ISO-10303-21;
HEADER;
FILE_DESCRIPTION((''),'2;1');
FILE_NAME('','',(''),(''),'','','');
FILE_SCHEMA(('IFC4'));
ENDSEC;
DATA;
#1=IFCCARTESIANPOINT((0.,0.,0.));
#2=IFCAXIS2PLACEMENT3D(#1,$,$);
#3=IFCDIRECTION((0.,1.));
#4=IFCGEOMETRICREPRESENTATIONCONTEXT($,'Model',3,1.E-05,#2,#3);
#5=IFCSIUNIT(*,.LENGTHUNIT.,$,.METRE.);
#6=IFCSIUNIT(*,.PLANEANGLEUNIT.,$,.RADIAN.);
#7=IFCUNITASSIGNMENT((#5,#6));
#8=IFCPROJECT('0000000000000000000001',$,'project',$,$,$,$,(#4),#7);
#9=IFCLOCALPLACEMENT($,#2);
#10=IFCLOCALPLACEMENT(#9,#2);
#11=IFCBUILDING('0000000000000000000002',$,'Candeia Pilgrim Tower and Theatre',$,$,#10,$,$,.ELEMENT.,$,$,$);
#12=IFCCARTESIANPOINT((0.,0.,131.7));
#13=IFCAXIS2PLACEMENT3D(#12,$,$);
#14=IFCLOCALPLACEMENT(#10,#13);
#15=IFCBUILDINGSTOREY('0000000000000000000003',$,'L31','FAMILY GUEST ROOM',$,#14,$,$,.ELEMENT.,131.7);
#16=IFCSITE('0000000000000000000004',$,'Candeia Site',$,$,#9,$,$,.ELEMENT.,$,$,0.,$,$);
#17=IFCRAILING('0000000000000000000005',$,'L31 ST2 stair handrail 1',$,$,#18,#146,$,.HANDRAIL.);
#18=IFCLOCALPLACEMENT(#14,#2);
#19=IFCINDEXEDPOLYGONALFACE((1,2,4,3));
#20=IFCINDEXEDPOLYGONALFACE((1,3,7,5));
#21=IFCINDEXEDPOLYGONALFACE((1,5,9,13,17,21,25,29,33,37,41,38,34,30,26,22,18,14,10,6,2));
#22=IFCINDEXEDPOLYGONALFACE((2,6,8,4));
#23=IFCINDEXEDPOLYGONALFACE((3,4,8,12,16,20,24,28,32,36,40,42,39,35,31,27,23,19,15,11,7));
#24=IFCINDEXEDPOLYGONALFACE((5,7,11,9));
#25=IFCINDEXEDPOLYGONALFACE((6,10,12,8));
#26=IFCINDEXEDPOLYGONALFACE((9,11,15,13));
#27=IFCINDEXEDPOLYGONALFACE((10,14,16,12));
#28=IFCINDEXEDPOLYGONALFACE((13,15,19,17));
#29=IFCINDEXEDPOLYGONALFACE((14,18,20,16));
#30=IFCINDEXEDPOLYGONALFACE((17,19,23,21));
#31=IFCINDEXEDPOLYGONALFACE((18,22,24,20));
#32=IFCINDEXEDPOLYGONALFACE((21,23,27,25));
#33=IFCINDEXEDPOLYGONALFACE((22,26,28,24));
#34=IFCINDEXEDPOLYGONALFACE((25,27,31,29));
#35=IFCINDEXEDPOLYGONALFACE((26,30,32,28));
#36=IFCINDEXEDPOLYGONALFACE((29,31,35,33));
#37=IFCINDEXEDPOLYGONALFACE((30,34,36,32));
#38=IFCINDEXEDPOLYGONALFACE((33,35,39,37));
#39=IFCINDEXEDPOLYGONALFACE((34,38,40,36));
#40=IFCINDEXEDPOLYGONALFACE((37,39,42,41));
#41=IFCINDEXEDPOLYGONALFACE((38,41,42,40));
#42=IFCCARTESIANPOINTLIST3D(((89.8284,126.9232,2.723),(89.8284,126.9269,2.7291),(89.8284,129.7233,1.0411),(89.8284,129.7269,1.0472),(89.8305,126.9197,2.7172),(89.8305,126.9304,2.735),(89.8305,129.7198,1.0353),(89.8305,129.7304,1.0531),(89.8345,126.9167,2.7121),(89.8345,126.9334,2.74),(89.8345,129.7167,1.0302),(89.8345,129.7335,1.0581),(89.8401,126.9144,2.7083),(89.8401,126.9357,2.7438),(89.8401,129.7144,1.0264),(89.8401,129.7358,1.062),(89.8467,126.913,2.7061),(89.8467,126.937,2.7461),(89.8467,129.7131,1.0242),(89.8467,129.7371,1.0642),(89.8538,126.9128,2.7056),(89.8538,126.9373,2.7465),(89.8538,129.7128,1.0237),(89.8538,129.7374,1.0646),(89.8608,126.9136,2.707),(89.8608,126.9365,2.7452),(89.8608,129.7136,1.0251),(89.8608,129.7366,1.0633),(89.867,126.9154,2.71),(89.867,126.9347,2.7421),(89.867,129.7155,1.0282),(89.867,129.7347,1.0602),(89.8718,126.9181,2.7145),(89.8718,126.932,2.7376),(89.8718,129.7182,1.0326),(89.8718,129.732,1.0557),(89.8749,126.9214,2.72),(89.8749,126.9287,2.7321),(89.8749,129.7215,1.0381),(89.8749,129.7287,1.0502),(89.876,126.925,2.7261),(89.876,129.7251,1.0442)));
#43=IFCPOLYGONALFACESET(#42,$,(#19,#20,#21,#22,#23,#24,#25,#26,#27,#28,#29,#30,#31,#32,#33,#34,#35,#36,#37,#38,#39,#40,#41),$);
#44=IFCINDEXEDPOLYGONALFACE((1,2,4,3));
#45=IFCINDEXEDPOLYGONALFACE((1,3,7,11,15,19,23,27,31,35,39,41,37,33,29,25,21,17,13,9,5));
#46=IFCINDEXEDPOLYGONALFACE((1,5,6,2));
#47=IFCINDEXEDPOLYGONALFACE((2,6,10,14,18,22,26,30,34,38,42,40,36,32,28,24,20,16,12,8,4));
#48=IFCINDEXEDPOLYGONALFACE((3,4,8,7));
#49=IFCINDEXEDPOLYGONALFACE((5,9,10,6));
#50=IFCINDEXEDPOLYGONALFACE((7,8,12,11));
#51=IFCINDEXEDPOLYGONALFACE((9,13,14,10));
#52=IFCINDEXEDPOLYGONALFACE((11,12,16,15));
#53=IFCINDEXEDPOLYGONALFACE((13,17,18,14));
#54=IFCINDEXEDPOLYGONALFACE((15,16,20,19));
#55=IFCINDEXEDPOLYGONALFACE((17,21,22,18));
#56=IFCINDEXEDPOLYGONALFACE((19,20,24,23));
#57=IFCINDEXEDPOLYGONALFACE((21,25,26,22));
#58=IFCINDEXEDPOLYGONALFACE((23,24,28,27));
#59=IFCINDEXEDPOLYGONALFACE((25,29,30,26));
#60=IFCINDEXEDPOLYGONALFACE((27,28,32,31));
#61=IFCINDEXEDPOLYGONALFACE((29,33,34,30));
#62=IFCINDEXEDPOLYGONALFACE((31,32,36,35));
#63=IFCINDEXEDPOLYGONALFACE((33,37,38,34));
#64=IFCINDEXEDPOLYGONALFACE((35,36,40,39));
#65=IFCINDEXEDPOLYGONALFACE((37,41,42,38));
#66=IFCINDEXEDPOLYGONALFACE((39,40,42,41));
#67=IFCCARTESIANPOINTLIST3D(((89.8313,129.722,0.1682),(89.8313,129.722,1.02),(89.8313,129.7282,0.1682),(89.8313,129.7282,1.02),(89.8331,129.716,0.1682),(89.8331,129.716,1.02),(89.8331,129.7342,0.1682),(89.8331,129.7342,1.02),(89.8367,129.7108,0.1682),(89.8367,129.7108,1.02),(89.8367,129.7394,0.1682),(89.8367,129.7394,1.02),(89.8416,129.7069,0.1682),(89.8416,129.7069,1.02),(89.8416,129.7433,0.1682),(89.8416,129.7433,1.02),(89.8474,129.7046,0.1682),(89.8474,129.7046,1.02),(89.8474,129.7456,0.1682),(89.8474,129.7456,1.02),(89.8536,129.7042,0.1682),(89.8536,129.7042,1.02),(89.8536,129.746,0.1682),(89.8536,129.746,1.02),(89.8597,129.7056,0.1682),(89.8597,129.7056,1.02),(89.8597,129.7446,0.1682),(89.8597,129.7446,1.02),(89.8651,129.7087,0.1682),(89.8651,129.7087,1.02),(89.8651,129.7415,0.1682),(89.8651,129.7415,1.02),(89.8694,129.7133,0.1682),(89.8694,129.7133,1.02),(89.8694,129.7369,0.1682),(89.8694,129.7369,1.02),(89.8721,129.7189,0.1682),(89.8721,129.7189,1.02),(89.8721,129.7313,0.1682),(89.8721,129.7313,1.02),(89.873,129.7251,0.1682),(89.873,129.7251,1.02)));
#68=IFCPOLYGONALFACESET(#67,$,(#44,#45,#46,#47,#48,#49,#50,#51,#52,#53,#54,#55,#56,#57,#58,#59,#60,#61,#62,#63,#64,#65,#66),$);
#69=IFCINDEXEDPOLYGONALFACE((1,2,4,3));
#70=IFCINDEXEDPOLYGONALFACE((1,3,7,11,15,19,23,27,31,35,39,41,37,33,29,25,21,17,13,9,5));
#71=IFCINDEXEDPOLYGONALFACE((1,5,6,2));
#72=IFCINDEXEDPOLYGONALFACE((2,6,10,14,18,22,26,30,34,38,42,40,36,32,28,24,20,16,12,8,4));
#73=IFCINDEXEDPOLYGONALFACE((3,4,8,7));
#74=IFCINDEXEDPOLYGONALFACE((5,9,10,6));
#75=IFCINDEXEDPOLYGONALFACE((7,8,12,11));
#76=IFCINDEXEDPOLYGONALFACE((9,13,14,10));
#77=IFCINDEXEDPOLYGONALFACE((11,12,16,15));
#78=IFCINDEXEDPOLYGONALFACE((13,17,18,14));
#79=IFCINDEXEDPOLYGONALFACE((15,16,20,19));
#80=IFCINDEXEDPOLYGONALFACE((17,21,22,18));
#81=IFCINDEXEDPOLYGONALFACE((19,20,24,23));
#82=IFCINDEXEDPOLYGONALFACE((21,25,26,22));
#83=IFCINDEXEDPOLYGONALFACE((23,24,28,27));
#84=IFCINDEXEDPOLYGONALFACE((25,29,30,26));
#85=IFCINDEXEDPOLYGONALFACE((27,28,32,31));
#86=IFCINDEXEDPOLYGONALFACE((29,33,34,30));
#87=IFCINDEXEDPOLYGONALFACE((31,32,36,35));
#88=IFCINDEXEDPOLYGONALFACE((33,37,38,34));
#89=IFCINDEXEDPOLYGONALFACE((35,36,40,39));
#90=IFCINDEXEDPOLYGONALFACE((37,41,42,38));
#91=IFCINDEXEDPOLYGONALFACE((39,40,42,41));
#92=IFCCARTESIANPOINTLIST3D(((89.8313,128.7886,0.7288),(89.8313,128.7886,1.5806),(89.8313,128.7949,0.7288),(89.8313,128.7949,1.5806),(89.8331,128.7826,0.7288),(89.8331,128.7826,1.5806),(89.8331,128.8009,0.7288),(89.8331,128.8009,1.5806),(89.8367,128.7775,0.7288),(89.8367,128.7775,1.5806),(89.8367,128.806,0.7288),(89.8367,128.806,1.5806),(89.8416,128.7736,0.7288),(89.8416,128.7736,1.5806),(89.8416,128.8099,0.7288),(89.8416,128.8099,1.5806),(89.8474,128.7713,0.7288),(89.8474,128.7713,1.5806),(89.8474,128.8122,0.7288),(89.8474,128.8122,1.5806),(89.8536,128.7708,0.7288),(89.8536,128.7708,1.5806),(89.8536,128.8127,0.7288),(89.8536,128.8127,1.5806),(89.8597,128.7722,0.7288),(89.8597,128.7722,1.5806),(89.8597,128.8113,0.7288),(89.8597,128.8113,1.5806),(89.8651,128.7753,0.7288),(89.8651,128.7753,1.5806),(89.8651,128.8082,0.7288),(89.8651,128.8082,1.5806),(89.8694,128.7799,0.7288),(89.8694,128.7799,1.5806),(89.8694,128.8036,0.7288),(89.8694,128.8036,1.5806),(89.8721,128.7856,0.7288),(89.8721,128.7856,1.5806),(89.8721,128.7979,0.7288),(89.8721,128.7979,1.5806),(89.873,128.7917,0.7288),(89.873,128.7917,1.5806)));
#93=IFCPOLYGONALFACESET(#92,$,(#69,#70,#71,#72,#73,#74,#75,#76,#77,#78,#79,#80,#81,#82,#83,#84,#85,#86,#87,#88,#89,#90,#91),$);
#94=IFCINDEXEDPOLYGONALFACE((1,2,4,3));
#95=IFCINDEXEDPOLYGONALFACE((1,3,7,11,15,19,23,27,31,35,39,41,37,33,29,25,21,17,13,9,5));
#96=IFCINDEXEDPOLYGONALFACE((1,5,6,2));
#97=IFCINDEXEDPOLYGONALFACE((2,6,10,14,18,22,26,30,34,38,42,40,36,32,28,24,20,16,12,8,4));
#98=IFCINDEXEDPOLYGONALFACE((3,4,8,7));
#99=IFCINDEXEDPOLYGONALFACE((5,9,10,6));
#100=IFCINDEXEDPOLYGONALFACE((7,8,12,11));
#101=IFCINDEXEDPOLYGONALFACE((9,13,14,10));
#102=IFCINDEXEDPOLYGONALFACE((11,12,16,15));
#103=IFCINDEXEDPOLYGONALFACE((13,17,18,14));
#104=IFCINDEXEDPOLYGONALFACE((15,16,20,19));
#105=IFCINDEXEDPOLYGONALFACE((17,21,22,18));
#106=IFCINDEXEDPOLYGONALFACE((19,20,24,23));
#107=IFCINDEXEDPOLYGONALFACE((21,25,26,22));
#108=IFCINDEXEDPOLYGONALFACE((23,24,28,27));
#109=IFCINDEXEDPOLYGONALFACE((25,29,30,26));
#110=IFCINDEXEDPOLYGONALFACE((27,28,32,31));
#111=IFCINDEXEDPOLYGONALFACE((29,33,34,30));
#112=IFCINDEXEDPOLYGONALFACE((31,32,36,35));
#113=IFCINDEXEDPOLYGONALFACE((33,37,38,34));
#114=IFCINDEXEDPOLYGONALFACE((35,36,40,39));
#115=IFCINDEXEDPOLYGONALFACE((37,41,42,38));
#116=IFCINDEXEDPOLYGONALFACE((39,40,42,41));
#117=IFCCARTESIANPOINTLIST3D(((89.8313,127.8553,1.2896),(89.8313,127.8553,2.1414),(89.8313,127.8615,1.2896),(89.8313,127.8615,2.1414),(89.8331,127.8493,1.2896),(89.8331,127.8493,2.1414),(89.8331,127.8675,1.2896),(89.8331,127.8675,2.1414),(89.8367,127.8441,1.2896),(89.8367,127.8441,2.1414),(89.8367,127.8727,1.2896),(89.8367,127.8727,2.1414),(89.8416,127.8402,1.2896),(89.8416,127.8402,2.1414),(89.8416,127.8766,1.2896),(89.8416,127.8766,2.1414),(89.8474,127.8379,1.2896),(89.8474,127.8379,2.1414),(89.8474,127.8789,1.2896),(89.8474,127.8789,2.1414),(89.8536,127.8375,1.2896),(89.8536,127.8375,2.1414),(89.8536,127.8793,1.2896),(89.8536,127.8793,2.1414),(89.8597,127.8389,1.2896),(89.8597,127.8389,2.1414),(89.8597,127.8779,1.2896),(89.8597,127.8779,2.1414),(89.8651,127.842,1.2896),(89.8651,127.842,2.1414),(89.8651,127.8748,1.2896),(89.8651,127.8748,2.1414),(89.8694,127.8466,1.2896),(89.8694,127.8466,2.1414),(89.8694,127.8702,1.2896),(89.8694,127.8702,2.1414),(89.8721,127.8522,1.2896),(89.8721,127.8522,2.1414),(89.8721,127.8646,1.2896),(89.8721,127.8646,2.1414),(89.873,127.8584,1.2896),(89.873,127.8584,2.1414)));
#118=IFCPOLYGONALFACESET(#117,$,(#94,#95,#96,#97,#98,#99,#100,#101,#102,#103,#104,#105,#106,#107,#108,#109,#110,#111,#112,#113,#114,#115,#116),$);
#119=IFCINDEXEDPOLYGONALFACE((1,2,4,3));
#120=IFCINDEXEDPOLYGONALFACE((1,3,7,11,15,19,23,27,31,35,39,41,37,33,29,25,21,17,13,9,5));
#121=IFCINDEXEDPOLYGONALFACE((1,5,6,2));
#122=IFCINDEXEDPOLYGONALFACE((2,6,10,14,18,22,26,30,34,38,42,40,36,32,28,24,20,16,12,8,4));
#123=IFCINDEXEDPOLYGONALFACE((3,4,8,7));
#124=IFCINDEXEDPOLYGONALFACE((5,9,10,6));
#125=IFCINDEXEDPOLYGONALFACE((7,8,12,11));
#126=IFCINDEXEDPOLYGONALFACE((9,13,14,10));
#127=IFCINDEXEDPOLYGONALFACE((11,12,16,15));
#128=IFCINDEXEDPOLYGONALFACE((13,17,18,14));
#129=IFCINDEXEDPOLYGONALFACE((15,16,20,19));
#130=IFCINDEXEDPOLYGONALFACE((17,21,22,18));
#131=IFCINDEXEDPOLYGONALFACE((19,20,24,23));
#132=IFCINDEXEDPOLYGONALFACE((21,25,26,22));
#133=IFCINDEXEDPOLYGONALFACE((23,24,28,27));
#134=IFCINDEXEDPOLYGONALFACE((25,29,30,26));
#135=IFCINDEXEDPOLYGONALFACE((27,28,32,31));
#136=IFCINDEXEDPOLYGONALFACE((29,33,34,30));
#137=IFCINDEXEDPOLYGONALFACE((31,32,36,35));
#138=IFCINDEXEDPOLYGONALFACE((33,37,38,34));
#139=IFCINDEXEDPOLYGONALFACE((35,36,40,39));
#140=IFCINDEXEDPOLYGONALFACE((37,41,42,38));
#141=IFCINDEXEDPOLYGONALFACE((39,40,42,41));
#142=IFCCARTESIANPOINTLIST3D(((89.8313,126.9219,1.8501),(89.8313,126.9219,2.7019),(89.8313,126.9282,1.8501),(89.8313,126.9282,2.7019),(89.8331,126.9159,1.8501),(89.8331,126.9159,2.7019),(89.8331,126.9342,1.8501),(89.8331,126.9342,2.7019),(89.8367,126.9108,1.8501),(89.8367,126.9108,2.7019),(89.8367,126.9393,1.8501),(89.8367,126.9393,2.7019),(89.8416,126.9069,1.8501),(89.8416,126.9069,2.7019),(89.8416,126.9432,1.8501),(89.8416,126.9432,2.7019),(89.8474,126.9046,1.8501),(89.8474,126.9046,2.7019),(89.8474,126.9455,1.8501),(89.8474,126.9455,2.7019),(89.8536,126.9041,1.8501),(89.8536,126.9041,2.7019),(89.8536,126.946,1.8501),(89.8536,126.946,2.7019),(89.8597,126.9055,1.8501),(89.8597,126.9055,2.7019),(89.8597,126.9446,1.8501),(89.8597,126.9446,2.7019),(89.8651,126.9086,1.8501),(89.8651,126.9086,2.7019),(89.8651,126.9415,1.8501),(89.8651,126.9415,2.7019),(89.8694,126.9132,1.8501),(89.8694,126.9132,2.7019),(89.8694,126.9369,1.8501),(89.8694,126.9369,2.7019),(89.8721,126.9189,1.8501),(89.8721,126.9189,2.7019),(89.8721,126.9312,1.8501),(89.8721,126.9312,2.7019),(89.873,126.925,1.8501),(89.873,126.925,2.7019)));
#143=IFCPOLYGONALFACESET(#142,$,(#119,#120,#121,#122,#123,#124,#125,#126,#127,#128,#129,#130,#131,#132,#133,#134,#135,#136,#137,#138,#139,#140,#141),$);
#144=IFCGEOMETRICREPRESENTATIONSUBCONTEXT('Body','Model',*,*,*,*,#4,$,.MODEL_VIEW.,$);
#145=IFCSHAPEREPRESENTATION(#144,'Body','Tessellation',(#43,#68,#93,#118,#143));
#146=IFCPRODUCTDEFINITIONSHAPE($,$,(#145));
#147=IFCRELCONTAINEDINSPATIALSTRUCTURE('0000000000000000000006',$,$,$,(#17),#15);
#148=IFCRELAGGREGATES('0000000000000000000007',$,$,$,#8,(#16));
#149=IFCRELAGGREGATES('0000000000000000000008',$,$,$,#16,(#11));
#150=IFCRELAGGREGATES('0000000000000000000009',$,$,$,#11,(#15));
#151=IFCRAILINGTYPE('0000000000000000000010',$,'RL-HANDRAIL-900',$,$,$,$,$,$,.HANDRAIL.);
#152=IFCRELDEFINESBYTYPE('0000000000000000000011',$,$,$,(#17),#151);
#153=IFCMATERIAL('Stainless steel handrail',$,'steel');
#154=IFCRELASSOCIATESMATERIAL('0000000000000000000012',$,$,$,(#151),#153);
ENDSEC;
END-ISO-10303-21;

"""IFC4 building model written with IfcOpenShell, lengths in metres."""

from ifc_helpers import new_model, si_unit, direction, frame, origin, origin_2d, place, context, subcontext, project, spatial, circle, extrude, material, type_object, element, save


model = new_model("IFC4")

# Units and contexts
model_context = context("Model", 3, precision=1e-05, world=origin(), true_north=direction((0.0, 1.0)))
body_context = subcontext(model_context, "Body", "Model", "MODEL_VIEW")
ifc_project = project(units=[si_unit("LENGTHUNIT", "METRE"), si_unit("PLANEANGLEUNIT", "RADIAN")], contexts=[model_context])

# Site, building, storey
site_placement = place(None, origin())
site = spatial("IfcSite", under=ifc_project, at=site_placement, Name="Candeia Site", CompositionType="ELEMENT", RefElevation=0.0)
building_placement = place(site_placement, origin())
building = spatial("IfcBuilding", under=site, at=building_placement, Name="Candeia Pilgrim Tower and Theatre", CompositionType="ELEMENT")
storey_placement = place(building_placement, frame((0.0, 0.0, 131.7)))
storey = spatial("IfcBuildingStorey", under=building, at=storey_placement, Name="L31", Description="FAMILY GUEST ROOM", CompositionType="ELEMENT", Elevation=131.7)

# Railing
ifc_material_1 = material(Name="Stainless steel handrail", Category="steel")
railing_type_1 = type_object("IfcRailingType", Name="RL-HANDRAIL-900", PredefinedType="HANDRAIL", material=ifc_material_1)
for number, where, name in (
    (1, (89.8521, 129.7251, 0.1682), "L31 ST2 stair handrail 1"),
):
    element("IfcRailing", number, at=place(storey_placement, frame(where)), inside=storey, type_object=railing_type_1, Name=name, PredefinedType="HANDRAIL", context=body_context, shape_type="SweptSolid", body=[
        extrude(circle(Radius=0.0239, at=origin_2d()), frame((0.0, 0.0, 0.876), z_axis=(0.0, -0.857242, 0.514913), x_axis=(1.0, 0.0, 0.0)), (0.0, 0.0, 1.0), 3.2664),
        extrude(circle(Radius=0.021, at=origin_2d()), origin(), (0.0, 0.0, 1.0), 0.8518),
        extrude(circle(Radius=0.021, at=origin_2d()), frame((0.0, -0.9333, 0.5605)), (0.0, 0.0, 1.0), 0.8518),
        extrude(circle(Radius=0.021, at=origin_2d()), frame((0.0, -1.8667, 1.1213)), (0.0, 0.0, 1.0), 0.8518),
        extrude(circle(Radius=0.021, at=origin_2d()), frame((0.0, -2.8, 1.6819)), (0.0, 0.0, 1.0), 0.8518),
    ])

save(model, "model.ifc")
